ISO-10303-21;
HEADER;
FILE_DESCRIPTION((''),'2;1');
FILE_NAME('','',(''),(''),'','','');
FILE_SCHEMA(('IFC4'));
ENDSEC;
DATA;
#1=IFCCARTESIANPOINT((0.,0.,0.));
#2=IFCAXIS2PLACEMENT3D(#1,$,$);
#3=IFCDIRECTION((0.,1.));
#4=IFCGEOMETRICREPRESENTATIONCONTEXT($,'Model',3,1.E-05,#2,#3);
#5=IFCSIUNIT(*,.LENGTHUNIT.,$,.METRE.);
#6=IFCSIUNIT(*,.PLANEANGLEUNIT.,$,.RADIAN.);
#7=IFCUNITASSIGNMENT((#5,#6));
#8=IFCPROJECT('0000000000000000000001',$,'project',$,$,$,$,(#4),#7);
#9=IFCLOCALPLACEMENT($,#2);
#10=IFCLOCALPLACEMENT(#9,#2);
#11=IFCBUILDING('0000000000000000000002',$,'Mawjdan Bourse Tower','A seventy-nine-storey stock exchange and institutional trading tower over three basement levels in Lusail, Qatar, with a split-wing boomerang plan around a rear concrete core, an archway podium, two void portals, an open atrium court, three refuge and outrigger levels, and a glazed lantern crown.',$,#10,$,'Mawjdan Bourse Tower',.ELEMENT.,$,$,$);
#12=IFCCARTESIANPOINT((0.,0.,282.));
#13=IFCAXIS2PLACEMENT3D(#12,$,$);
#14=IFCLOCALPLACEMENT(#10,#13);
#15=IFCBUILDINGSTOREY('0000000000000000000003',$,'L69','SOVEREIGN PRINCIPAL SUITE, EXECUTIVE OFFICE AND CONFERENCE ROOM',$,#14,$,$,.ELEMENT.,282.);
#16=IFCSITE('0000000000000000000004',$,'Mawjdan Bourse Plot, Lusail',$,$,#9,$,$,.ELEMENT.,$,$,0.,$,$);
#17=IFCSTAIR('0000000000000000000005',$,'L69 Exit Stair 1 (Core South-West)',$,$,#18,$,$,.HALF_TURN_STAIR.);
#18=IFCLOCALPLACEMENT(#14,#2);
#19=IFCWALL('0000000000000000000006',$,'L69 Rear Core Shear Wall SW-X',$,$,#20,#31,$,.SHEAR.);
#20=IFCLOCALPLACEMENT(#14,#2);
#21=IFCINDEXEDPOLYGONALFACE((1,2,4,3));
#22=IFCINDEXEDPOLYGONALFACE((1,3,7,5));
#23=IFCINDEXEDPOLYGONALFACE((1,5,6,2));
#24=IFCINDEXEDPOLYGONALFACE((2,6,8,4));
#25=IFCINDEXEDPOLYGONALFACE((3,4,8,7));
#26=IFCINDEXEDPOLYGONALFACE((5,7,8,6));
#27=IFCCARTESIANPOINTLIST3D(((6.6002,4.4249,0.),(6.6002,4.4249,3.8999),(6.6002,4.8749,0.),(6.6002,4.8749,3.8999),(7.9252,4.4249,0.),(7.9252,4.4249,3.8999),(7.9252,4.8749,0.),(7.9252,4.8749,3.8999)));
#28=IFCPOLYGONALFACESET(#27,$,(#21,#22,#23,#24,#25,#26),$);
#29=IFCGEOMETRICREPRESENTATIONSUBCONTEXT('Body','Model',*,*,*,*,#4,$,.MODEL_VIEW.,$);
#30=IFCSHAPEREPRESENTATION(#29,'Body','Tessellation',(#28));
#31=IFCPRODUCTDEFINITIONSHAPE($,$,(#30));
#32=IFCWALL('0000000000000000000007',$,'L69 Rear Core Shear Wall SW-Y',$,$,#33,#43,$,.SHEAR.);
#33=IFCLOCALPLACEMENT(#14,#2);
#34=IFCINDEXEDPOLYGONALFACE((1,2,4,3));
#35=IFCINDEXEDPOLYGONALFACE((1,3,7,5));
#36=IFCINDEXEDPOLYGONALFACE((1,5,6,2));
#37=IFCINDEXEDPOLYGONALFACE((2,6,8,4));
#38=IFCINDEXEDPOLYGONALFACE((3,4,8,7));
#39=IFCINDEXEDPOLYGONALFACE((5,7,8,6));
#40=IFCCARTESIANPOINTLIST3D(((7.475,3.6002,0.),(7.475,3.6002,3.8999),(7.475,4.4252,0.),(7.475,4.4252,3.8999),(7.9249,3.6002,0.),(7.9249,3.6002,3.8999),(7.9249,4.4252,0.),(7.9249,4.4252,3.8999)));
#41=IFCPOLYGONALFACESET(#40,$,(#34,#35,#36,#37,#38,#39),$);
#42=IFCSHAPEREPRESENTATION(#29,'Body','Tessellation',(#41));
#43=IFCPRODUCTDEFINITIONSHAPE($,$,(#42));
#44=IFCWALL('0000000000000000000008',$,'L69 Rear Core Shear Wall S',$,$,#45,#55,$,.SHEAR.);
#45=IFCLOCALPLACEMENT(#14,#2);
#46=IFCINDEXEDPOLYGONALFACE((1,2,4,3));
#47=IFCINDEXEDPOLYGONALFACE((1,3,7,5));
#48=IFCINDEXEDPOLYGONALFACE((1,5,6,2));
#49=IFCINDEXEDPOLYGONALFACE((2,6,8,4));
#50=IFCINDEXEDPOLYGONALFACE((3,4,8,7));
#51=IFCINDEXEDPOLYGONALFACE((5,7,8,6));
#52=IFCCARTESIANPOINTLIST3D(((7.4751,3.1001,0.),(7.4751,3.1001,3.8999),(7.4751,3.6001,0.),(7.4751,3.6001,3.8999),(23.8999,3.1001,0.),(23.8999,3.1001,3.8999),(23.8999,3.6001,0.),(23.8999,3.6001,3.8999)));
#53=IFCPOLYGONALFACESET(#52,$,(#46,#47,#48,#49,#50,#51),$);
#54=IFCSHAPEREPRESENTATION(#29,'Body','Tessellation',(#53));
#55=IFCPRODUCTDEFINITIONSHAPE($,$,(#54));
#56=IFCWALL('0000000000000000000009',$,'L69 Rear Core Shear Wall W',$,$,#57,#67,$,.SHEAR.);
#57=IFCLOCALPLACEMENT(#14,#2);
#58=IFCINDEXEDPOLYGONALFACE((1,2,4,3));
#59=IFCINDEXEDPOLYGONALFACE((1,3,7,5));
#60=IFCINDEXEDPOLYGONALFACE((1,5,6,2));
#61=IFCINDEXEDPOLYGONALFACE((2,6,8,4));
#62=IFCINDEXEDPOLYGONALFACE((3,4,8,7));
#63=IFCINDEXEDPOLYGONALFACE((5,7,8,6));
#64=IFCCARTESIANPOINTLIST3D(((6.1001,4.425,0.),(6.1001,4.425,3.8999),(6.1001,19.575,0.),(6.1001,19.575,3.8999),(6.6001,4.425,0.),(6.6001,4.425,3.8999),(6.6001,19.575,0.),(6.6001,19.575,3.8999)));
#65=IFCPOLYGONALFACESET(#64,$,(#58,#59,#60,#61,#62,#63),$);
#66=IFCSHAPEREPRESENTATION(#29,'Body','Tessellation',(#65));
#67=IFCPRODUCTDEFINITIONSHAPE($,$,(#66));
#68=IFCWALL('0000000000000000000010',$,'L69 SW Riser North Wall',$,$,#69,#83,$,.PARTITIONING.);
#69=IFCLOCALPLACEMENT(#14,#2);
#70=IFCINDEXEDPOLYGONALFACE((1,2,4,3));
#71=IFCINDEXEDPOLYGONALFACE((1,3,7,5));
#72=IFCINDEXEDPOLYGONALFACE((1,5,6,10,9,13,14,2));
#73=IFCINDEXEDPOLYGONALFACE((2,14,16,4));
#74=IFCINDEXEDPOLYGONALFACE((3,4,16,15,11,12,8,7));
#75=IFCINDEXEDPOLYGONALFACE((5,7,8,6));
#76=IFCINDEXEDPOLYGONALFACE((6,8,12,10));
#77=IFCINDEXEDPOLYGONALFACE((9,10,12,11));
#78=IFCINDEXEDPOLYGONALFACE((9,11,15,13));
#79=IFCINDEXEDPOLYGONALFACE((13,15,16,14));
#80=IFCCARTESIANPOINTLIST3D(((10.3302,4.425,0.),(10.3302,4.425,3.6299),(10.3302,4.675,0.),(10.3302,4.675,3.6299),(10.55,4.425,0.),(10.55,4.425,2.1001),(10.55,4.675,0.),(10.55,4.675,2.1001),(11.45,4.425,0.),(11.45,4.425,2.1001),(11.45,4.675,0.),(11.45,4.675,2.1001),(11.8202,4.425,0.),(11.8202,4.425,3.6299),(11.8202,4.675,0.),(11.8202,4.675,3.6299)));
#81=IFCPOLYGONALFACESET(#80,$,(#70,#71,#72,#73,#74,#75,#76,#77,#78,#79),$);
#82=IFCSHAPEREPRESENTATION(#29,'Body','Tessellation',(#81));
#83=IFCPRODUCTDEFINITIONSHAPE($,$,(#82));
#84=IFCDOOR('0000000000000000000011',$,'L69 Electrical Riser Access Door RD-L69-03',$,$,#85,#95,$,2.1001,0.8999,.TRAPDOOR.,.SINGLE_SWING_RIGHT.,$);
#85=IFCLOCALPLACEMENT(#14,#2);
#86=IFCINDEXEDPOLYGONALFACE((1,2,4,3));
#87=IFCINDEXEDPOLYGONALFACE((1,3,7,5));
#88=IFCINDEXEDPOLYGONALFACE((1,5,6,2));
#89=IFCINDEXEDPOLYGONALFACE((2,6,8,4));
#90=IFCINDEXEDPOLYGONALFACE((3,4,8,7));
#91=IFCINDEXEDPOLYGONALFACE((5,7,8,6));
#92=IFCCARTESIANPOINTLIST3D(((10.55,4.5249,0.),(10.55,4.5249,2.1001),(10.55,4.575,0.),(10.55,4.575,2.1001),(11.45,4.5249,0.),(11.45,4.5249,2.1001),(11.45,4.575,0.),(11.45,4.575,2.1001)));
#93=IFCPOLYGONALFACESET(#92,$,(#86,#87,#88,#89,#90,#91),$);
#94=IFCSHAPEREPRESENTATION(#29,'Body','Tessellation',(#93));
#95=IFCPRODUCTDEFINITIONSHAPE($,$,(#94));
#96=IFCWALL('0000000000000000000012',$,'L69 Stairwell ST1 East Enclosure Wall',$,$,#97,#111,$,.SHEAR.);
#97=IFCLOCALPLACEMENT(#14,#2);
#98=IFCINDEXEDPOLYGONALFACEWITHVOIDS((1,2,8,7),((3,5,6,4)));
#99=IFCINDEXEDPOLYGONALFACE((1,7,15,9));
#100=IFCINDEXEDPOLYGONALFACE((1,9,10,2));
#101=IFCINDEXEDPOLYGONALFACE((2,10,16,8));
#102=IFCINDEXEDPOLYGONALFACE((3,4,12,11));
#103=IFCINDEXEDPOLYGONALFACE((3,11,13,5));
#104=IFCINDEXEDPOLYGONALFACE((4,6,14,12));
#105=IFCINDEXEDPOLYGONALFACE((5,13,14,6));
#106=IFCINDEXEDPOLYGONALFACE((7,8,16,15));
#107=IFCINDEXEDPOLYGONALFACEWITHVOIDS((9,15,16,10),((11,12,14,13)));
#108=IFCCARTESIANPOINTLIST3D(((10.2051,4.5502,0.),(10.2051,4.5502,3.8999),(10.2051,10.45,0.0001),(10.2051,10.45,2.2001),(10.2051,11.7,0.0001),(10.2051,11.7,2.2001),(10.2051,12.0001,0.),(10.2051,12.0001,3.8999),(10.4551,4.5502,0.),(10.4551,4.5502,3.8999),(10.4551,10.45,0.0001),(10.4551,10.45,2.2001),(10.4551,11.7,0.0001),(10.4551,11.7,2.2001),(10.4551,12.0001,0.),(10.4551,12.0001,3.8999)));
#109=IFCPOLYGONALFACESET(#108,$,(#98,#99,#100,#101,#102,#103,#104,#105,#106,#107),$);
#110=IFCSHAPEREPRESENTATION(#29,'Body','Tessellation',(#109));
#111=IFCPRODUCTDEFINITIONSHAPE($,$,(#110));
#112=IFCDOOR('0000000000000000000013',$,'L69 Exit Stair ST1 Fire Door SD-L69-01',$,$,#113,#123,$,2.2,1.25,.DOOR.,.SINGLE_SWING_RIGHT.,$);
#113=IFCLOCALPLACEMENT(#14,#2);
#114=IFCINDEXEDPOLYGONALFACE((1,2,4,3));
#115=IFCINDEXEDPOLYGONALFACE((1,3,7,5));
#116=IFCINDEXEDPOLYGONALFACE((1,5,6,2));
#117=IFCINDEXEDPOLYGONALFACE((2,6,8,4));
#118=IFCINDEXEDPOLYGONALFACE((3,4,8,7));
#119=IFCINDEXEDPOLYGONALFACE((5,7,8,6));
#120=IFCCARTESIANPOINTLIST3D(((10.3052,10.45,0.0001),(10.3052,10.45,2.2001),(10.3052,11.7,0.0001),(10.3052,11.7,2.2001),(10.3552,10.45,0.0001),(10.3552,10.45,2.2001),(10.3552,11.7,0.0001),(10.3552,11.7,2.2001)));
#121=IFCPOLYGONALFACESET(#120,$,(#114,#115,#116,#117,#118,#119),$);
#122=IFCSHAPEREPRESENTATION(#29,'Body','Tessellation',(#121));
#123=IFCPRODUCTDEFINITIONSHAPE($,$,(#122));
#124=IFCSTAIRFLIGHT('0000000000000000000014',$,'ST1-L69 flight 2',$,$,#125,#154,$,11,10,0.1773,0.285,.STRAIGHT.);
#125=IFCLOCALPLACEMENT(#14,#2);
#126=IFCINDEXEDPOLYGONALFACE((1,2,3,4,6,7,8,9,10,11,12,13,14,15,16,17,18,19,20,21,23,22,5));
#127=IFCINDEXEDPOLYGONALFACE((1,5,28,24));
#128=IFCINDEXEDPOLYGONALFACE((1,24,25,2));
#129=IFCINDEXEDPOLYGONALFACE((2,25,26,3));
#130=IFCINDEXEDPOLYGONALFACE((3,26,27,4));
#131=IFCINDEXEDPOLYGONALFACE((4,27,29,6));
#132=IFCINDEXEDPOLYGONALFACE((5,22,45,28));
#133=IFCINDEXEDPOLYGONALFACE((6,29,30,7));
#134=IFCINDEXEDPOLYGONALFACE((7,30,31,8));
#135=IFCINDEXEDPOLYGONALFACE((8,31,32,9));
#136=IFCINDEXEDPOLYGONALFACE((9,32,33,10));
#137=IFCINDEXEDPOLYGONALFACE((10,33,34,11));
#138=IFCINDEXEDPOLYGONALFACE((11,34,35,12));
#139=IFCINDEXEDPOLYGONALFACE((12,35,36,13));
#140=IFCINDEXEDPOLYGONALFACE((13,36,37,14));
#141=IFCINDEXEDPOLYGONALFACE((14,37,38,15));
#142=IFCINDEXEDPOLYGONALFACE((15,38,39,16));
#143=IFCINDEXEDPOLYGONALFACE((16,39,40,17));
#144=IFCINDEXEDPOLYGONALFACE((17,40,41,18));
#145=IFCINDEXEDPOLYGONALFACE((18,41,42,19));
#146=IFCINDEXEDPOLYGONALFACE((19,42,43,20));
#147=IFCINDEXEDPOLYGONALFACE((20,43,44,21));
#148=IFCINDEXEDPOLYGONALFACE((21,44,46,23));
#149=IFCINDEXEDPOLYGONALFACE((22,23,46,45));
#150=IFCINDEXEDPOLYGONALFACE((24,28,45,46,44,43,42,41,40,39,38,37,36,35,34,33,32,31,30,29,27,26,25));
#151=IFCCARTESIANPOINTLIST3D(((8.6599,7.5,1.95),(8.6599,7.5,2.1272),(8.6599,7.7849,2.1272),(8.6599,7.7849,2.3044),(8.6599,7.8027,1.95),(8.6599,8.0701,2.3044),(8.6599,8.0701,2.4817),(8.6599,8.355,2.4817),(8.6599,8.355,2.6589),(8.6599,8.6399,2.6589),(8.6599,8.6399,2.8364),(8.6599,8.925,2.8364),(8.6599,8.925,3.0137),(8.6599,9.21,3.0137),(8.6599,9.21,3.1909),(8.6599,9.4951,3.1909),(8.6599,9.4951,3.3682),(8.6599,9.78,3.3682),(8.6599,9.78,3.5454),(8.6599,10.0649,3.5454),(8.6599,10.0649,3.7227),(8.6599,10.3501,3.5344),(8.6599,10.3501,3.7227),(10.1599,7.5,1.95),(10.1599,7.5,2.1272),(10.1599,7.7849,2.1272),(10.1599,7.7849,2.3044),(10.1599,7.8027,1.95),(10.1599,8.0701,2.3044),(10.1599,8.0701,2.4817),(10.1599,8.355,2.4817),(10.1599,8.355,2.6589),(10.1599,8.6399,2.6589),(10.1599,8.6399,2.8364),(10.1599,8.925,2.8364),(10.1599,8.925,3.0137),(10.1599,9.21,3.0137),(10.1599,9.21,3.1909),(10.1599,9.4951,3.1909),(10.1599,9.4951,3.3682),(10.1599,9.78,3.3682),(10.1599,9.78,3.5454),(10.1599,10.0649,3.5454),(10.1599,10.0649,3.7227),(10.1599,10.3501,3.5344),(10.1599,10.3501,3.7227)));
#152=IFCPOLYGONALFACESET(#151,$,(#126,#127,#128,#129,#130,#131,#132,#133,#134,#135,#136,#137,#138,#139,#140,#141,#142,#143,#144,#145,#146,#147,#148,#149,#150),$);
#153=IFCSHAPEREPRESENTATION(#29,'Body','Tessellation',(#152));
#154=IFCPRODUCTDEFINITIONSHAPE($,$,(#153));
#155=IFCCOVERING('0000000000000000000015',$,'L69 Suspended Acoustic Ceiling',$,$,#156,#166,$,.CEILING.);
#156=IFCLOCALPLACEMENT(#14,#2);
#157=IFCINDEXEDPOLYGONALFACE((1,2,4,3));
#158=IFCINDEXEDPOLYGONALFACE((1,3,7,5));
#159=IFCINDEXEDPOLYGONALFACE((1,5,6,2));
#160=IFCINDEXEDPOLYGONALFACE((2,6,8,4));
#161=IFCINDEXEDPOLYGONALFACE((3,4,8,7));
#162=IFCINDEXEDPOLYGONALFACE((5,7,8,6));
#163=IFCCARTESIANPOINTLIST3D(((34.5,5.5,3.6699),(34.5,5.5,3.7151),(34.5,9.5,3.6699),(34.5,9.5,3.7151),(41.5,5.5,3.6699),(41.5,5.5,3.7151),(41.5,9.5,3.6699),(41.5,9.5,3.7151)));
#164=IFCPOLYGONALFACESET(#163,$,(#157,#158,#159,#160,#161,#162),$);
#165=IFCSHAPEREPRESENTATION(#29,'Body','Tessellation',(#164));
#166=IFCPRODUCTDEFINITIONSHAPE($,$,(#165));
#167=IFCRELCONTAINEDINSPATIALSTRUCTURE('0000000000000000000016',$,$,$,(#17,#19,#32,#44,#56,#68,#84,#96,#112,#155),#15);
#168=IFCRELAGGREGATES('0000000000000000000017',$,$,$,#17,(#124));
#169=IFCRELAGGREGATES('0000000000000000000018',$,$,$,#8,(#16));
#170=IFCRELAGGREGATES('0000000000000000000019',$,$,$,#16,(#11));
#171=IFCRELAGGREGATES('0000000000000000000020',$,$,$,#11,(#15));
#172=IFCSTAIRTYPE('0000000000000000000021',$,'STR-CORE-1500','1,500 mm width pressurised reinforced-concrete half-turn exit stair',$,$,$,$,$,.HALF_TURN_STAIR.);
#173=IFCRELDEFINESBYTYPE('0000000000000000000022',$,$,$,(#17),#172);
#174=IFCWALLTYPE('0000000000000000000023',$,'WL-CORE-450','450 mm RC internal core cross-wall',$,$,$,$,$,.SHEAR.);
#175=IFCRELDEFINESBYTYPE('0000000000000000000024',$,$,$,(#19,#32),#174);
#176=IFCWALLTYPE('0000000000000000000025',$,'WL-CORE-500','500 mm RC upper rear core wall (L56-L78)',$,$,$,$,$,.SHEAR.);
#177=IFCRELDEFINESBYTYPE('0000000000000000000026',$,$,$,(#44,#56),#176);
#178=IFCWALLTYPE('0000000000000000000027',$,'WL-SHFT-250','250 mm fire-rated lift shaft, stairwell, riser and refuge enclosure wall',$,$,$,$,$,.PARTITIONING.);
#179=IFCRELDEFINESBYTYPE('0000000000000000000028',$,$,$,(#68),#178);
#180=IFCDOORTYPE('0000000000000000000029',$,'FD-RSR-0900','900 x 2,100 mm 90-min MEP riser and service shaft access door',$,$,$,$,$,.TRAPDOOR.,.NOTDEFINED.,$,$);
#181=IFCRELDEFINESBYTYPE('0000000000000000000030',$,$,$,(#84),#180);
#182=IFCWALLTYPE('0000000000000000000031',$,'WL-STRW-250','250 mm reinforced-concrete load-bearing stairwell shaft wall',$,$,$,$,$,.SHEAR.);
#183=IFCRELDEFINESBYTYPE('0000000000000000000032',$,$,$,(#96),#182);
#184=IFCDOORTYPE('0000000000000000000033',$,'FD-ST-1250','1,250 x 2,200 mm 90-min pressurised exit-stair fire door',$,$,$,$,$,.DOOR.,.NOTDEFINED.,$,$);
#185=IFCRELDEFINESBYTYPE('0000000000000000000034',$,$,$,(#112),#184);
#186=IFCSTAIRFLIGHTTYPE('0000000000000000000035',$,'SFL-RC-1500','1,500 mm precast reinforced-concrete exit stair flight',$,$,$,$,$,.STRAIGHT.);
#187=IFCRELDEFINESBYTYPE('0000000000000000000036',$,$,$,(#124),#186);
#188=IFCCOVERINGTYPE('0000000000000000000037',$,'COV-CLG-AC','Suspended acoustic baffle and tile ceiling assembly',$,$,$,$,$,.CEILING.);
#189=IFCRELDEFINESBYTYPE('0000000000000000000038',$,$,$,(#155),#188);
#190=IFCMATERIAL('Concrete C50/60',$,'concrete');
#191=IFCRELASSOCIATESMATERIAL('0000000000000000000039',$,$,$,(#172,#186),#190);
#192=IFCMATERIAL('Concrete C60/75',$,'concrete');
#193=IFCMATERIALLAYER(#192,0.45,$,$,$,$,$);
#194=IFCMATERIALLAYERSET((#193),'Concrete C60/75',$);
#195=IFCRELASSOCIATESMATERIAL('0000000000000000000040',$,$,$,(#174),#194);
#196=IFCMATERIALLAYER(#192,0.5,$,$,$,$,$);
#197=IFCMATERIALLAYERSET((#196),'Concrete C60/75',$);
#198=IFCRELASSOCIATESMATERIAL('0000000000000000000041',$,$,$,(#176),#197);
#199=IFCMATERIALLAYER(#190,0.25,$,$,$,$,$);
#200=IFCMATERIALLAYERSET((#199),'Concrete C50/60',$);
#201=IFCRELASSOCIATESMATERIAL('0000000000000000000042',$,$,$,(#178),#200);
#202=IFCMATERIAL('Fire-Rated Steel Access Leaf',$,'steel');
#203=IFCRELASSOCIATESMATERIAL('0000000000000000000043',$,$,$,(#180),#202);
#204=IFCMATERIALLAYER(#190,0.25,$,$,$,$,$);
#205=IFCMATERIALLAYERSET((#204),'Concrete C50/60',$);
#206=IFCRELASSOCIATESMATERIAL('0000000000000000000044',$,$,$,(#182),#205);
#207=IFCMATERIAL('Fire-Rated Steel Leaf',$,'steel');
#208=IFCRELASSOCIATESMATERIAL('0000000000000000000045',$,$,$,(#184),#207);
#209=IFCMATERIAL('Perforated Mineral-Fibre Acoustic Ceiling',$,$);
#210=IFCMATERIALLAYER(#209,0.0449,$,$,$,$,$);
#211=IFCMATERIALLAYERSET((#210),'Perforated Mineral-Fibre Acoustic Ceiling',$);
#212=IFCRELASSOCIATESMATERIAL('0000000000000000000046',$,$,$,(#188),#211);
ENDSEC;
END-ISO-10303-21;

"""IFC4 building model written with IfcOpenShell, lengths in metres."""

from ifc_helpers import new_model, si_unit, direction, frame, frame_2d, origin, place, context, subcontext, project, spatial, polyline, rectangle, outline, extrude, material, layer, layer_set, type_object, element, fill, aggregate, save


model = new_model("IFC4")

# Units and contexts
model_context = context("Model", 3, precision=1e-05, world=origin(), true_north=direction((0.0, 1.0)))
body_context = subcontext(model_context, "Body", "Model", "MODEL_VIEW")
ifc_project = project(units=[si_unit("LENGTHUNIT", "METRE"), si_unit("PLANEANGLEUNIT", "RADIAN")], contexts=[model_context])

# Site, building, storey
site_placement = place(None, origin())
site = spatial("IfcSite", under=ifc_project, at=site_placement, Name="Mawjdan Bourse Plot, Lusail", CompositionType="ELEMENT", RefElevation=0.0)
building_placement = place(site_placement, origin())
building = spatial("IfcBuilding", under=site, at=building_placement, Name="Mawjdan Bourse Tower", Description="A seventy-nine-storey stock exchange and institutional trading tower over three basement levels in Lusail, Qatar, with a split-wing boomerang plan around a rear concrete core, an archway podium, two void portals, an open atrium court, three refuge and outrigger levels, and a glazed lantern crown.", LongName="Mawjdan Bourse Tower", CompositionType="ELEMENT")
storey_placement = place(building_placement, frame((0.0, 0.0, 282.0)))
storey = spatial("IfcBuildingStorey", under=building, at=storey_placement, Name="L69", Description="SOVEREIGN PRINCIPAL SUITE, EXECUTIVE OFFICE AND CONFERENCE ROOM", CompositionType="ELEMENT", Elevation=282.0)

# Stair
ifc_material_1 = material(Name="Concrete C50/60", Category="concrete")
stair_type = type_object("IfcStairType", Name="STR-CORE-1500", Description="1,500 mm width pressurised reinforced-concrete half-turn exit stair", PredefinedType="HALF_TURN_STAIR", material=ifc_material_1)
stair_1_placement = place(storey_placement, origin())
stair_1 = element("IfcStair", 1, at=stair_1_placement, inside=storey, type_object=stair_type, Name="L69 Exit Stair 1 (Core South-West)", PredefinedType="HALF_TURN_STAIR")

# Walls
ifc_material_2 = material(Name="Concrete C60/75", Category="concrete")
ifc_layer_1 = layer(ifc_material_2, 0.45)
ifc_layer_set_1 = layer_set([ifc_layer_1], Name="Concrete C60/75")
wall_type_1 = type_object("IfcWallType", Name="WL-CORE-450", Description="450 mm RC internal core cross-wall", PredefinedType="SHEAR", material=ifc_layer_set_1)
wall_1_placement = place(storey_placement, frame((6.6001, 4.6499, 0.0), z_axis=(0.0, 0.0, 1.0), x_axis=(1.0, 0.0, 0.0)))
element("IfcWall", 2, at=wall_1_placement, inside=storey, type_object=wall_type_1, Name="L69 Rear Core Shear Wall SW-X", PredefinedType="SHEAR", context=body_context, shape_type="SweptSolid", body=[
    extrude(rectangle(XDim=1.325, YDim=0.45, at=frame_2d((0.6626, 0.0))), origin(), (0.0, 0.0, 1.0), 3.8999),
])
wall_2_placement = place(storey_placement, frame((7.7, 3.6001, 0.0), z_axis=(0.0, 0.0, 1.0), x_axis=(0.0, 1.0, 0.0)))
element("IfcWall", 3, at=wall_2_placement, inside=storey, type_object=wall_type_1, Name="L69 Rear Core Shear Wall SW-Y", PredefinedType="SHEAR", context=body_context, shape_type="SweptSolid", body=[
    extrude(rectangle(XDim=0.825, YDim=0.45, at=frame_2d((0.4126, 0.0))), origin(), (0.0, 0.0, 1.0), 3.8999),
])
ifc_layer_2 = layer(ifc_material_2, 0.5)
ifc_layer_set_2 = layer_set([ifc_layer_2], Name="Concrete C60/75")
wall_type_2 = type_object("IfcWallType", Name="WL-CORE-500", Description="500 mm RC upper rear core wall (L56-L78)", PredefinedType="SHEAR", material=ifc_layer_set_2)
wall_3_placement = place(storey_placement, frame((7.4751, 3.3501, 0.0), z_axis=(0.0, 0.0, 1.0), x_axis=(1.0, 0.0, 0.0)))
element("IfcWall", 4, at=wall_3_placement, inside=storey, type_object=wall_type_2, Name="L69 Rear Core Shear Wall S", PredefinedType="SHEAR", context=body_context, shape_type="SweptSolid", body=[
    extrude(rectangle(XDim=16.4248, YDim=0.5, at=frame_2d((8.2124, 0.0))), origin(), (0.0, 0.0, 1.0), 3.8999),
])
wall_4_placement = place(storey_placement, frame((6.3501, 4.425, 0.0), z_axis=(0.0, 0.0, 1.0), x_axis=(0.0, 1.0, 0.0)))
element("IfcWall", 5, at=wall_4_placement, inside=storey, type_object=wall_type_2, Name="L69 Rear Core Shear Wall W", PredefinedType="SHEAR", context=body_context, shape_type="SweptSolid", body=[
    extrude(rectangle(XDim=15.1499, YDim=0.5, at=frame_2d((7.575, 0.0))), origin(), (0.0, 0.0, 1.0), 3.8999),
])

# Wall, opening, door
ifc_layer_3 = layer(ifc_material_1, 0.25)
ifc_layer_set_3 = layer_set([ifc_layer_3], Name="Concrete C50/60")
wall_type_3 = type_object("IfcWallType", Name="WL-SHFT-250", Description="250 mm fire-rated lift shaft, stairwell, riser and refuge enclosure wall", PredefinedType="PARTITIONING", material=ifc_layer_set_3)
wall_5_placement = place(storey_placement, frame((10.3301, 4.55, 0.0), z_axis=(0.0, 0.0, 1.0), x_axis=(1.0, 0.0, 0.0)))
wall_5 = element("IfcWall", 6, at=wall_5_placement, inside=storey, type_object=wall_type_3, Name="L69 SW Riser North Wall", PredefinedType="PARTITIONING", context=body_context, shape_type="SweptSolid", body=[
    extrude(rectangle(XDim=1.49, YDim=0.25, at=frame_2d((0.7451, 0.0))), origin(), (0.0, 0.0, 1.0), 3.6299),
])
opening_1_placement = place(wall_5_placement, frame((0.22, 0.0, 0.0)))
opening_1 = element("IfcOpeningElement", 7, at=opening_1_placement, cuts=wall_5, PredefinedType="OPENING", context=body_context, shape_type="SweptSolid", body=[
    extrude(rectangle(XDim=0.8999, YDim=2.1001, at=frame_2d((0.45, 1.05))), frame((0.0, 0.135, 0.0), z_axis=(0.0, -1.0, 0.0), x_axis=(1.0, 0.0, 0.0)), (0.0, 0.0, 1.0), 0.27),
])
ifc_material_3 = material(Name="Fire-Rated Steel Access Leaf", Category="steel")
door_type_1 = type_object("IfcDoorType", Name="FD-RSR-0900", Description="900 x 2,100 mm 90-min MEP riser and service shaft access door", OperationType="NOTDEFINED", PredefinedType="TRAPDOOR", material=ifc_material_3)
door_1_placement = place(opening_1_placement, origin())
door_1 = element("IfcDoor", 8, at=door_1_placement, inside=storey, type_object=door_type_1, Name="L69 Electrical Riser Access Door RD-L69-03", OperationType="SINGLE_SWING_RIGHT", OverallHeight=2.1001, OverallWidth=0.8999, PredefinedType="TRAPDOOR", context=body_context, shape_type="SweptSolid", body=[
    extrude(rectangle(XDim=0.8999, YDim=2.1001, at=frame_2d((0.45, 1.05))), frame((0.0, 0.0249, 0.0), z_axis=(0.0, -1.0, 0.0), x_axis=(1.0, 0.0, 0.0)), (0.0, 0.0, 1.0), 0.05),
])
fill(opening_1, door_1)

# Shared definitions
ifc_layer_4 = layer(ifc_material_1, 0.25)
ifc_layer_set_4 = layer_set([ifc_layer_4], Name="Concrete C50/60")
wall_type_4 = type_object("IfcWallType", Name="WL-STRW-250", Description="250 mm reinforced-concrete load-bearing stairwell shaft wall", PredefinedType="SHEAR", material=ifc_layer_set_4)

# Wall, opening, door
wall_6_placement = place(storey_placement, frame((10.3301, 4.55, 0.0), z_axis=(0.0, 0.0, 1.0), x_axis=(0.0, 1.0, 0.0)))
wall_6 = element("IfcWall", 9, at=wall_6_placement, inside=storey, type_object=wall_type_4, Name="L69 Stairwell ST1 East Enclosure Wall", PredefinedType="SHEAR", context=body_context, shape_type="SweptSolid", body=[
    extrude(rectangle(XDim=7.45, YDim=0.25, at=frame_2d((3.7251, 0.0))), origin(), (0.0, 0.0, 1.0), 3.8999),
])
opening_2_placement = place(wall_6_placement, frame((5.8999, 0.0, 0.0)))
opening_2 = element("IfcOpeningElement", 10, at=opening_2_placement, cuts=wall_6, PredefinedType="OPENING", context=body_context, shape_type="SweptSolid", body=[
    extrude(rectangle(XDim=1.25, YDim=2.2, at=frame_2d((0.625, 1.1001))), frame((0.0, 0.135, 0.0), z_axis=(0.0, -1.0, 0.0), x_axis=(1.0, 0.0, 0.0)), (0.0, 0.0, 1.0), 0.27),
])
ifc_material_4 = material(Name="Fire-Rated Steel Leaf", Category="steel")
door_type_2 = type_object("IfcDoorType", Name="FD-ST-1250", Description="1,250 x 2,200 mm 90-min pressurised exit-stair fire door", OperationType="NOTDEFINED", PredefinedType="DOOR", material=ifc_material_4)
door_2_placement = place(opening_2_placement, origin())
door_2 = element("IfcDoor", 11, at=door_2_placement, inside=storey, type_object=door_type_2, Name="L69 Exit Stair ST1 Fire Door SD-L69-01", OperationType="SINGLE_SWING_RIGHT", OverallHeight=2.2, OverallWidth=1.25, PredefinedType="DOOR", context=body_context, shape_type="SweptSolid", body=[
    extrude(rectangle(XDim=1.25, YDim=2.2, at=frame_2d((0.625, 1.1001))), frame((0.0, 0.0249, 0.0), z_axis=(0.0, -1.0, 0.0), x_axis=(1.0, 0.0, 0.0)), (0.0, 0.0, 1.0), 0.05),
])
fill(opening_2, door_2)

# Stair flight
stair_flight_type = type_object("IfcStairFlightType", Name="SFL-RC-1500", Description="1,500 mm precast reinforced-concrete exit stair flight", PredefinedType="STRAIGHT", material=ifc_material_1)
stair_flight_placement = place(storey_placement, frame((9.4099, 7.5, 1.95), z_axis=(0.0, 0.0, 1.0), x_axis=(0.0, 1.0, 0.0)))
stair_flight = element("IfcStairFlight", 12, at=stair_flight_placement, type_object=stair_flight_type, Name="ST1-L69 flight 2", NumberOfRisers=11, NumberOfTreads=10, PredefinedType="STRAIGHT", RiserHeight=0.1773, TreadLength=0.285, context=body_context, shape_type="SweptSolid", body=[
    extrude(outline(polyline([(0.0, 0.0), (0.0, 0.1772), (0.2849, 0.1772), (0.2849, 0.3545), (0.5701, 0.3545), (0.5701, 0.5317), (0.855, 0.5317), (0.855, 0.709), (1.1399, 0.709), (1.1399, 0.8865), (1.425, 0.8865), (1.425, 1.0637), (1.71, 1.0637), (1.71, 1.241), (1.9951, 1.241), (1.9951, 1.4182), (2.28, 1.4182), (2.28, 1.5955), (2.5649, 1.5955), (2.5649, 1.7727), (2.8501, 1.7727), (2.8501, 1.95), (2.8501, 1.5845), (0.3027, 0.0), (0.0, 0.0)])), frame((0.0, 0.75, 0.0), z_axis=(0.0, -1.0, 0.0), x_axis=(1.0, 0.0, 0.0)), (0.0, 0.0, 1.0), 1.5),
])
aggregate(stair_1, [stair_flight])

# Covering
ifc_material_5 = material(Name="Perforated Mineral-Fibre Acoustic Ceiling")
ifc_layer_5 = layer(ifc_material_5, 0.0449)
ifc_layer_set_5 = layer_set([ifc_layer_5], Name="Perforated Mineral-Fibre Acoustic Ceiling")
covering_type = type_object("IfcCoveringType", Name="COV-CLG-AC", Description="Suspended acoustic baffle and tile ceiling assembly", PredefinedType="CEILING", material=ifc_layer_set_5)
covering_placement = place(storey_placement, frame((0.0, 0.0, 3.6699)))
element("IfcCovering", 13, at=covering_placement, inside=storey, type_object=covering_type, Name="L69 Suspended Acoustic Ceiling", PredefinedType="CEILING", context=body_context, shape_type="SweptSolid", body=[
    extrude(outline(polyline([(34.5, 5.5), (41.5, 5.5), (41.5, 9.5), (34.5, 9.5), (34.5, 5.5)])), origin(), (0.0, 0.0, 1.0), 0.0452),
])

save(model, "model.ifc")
